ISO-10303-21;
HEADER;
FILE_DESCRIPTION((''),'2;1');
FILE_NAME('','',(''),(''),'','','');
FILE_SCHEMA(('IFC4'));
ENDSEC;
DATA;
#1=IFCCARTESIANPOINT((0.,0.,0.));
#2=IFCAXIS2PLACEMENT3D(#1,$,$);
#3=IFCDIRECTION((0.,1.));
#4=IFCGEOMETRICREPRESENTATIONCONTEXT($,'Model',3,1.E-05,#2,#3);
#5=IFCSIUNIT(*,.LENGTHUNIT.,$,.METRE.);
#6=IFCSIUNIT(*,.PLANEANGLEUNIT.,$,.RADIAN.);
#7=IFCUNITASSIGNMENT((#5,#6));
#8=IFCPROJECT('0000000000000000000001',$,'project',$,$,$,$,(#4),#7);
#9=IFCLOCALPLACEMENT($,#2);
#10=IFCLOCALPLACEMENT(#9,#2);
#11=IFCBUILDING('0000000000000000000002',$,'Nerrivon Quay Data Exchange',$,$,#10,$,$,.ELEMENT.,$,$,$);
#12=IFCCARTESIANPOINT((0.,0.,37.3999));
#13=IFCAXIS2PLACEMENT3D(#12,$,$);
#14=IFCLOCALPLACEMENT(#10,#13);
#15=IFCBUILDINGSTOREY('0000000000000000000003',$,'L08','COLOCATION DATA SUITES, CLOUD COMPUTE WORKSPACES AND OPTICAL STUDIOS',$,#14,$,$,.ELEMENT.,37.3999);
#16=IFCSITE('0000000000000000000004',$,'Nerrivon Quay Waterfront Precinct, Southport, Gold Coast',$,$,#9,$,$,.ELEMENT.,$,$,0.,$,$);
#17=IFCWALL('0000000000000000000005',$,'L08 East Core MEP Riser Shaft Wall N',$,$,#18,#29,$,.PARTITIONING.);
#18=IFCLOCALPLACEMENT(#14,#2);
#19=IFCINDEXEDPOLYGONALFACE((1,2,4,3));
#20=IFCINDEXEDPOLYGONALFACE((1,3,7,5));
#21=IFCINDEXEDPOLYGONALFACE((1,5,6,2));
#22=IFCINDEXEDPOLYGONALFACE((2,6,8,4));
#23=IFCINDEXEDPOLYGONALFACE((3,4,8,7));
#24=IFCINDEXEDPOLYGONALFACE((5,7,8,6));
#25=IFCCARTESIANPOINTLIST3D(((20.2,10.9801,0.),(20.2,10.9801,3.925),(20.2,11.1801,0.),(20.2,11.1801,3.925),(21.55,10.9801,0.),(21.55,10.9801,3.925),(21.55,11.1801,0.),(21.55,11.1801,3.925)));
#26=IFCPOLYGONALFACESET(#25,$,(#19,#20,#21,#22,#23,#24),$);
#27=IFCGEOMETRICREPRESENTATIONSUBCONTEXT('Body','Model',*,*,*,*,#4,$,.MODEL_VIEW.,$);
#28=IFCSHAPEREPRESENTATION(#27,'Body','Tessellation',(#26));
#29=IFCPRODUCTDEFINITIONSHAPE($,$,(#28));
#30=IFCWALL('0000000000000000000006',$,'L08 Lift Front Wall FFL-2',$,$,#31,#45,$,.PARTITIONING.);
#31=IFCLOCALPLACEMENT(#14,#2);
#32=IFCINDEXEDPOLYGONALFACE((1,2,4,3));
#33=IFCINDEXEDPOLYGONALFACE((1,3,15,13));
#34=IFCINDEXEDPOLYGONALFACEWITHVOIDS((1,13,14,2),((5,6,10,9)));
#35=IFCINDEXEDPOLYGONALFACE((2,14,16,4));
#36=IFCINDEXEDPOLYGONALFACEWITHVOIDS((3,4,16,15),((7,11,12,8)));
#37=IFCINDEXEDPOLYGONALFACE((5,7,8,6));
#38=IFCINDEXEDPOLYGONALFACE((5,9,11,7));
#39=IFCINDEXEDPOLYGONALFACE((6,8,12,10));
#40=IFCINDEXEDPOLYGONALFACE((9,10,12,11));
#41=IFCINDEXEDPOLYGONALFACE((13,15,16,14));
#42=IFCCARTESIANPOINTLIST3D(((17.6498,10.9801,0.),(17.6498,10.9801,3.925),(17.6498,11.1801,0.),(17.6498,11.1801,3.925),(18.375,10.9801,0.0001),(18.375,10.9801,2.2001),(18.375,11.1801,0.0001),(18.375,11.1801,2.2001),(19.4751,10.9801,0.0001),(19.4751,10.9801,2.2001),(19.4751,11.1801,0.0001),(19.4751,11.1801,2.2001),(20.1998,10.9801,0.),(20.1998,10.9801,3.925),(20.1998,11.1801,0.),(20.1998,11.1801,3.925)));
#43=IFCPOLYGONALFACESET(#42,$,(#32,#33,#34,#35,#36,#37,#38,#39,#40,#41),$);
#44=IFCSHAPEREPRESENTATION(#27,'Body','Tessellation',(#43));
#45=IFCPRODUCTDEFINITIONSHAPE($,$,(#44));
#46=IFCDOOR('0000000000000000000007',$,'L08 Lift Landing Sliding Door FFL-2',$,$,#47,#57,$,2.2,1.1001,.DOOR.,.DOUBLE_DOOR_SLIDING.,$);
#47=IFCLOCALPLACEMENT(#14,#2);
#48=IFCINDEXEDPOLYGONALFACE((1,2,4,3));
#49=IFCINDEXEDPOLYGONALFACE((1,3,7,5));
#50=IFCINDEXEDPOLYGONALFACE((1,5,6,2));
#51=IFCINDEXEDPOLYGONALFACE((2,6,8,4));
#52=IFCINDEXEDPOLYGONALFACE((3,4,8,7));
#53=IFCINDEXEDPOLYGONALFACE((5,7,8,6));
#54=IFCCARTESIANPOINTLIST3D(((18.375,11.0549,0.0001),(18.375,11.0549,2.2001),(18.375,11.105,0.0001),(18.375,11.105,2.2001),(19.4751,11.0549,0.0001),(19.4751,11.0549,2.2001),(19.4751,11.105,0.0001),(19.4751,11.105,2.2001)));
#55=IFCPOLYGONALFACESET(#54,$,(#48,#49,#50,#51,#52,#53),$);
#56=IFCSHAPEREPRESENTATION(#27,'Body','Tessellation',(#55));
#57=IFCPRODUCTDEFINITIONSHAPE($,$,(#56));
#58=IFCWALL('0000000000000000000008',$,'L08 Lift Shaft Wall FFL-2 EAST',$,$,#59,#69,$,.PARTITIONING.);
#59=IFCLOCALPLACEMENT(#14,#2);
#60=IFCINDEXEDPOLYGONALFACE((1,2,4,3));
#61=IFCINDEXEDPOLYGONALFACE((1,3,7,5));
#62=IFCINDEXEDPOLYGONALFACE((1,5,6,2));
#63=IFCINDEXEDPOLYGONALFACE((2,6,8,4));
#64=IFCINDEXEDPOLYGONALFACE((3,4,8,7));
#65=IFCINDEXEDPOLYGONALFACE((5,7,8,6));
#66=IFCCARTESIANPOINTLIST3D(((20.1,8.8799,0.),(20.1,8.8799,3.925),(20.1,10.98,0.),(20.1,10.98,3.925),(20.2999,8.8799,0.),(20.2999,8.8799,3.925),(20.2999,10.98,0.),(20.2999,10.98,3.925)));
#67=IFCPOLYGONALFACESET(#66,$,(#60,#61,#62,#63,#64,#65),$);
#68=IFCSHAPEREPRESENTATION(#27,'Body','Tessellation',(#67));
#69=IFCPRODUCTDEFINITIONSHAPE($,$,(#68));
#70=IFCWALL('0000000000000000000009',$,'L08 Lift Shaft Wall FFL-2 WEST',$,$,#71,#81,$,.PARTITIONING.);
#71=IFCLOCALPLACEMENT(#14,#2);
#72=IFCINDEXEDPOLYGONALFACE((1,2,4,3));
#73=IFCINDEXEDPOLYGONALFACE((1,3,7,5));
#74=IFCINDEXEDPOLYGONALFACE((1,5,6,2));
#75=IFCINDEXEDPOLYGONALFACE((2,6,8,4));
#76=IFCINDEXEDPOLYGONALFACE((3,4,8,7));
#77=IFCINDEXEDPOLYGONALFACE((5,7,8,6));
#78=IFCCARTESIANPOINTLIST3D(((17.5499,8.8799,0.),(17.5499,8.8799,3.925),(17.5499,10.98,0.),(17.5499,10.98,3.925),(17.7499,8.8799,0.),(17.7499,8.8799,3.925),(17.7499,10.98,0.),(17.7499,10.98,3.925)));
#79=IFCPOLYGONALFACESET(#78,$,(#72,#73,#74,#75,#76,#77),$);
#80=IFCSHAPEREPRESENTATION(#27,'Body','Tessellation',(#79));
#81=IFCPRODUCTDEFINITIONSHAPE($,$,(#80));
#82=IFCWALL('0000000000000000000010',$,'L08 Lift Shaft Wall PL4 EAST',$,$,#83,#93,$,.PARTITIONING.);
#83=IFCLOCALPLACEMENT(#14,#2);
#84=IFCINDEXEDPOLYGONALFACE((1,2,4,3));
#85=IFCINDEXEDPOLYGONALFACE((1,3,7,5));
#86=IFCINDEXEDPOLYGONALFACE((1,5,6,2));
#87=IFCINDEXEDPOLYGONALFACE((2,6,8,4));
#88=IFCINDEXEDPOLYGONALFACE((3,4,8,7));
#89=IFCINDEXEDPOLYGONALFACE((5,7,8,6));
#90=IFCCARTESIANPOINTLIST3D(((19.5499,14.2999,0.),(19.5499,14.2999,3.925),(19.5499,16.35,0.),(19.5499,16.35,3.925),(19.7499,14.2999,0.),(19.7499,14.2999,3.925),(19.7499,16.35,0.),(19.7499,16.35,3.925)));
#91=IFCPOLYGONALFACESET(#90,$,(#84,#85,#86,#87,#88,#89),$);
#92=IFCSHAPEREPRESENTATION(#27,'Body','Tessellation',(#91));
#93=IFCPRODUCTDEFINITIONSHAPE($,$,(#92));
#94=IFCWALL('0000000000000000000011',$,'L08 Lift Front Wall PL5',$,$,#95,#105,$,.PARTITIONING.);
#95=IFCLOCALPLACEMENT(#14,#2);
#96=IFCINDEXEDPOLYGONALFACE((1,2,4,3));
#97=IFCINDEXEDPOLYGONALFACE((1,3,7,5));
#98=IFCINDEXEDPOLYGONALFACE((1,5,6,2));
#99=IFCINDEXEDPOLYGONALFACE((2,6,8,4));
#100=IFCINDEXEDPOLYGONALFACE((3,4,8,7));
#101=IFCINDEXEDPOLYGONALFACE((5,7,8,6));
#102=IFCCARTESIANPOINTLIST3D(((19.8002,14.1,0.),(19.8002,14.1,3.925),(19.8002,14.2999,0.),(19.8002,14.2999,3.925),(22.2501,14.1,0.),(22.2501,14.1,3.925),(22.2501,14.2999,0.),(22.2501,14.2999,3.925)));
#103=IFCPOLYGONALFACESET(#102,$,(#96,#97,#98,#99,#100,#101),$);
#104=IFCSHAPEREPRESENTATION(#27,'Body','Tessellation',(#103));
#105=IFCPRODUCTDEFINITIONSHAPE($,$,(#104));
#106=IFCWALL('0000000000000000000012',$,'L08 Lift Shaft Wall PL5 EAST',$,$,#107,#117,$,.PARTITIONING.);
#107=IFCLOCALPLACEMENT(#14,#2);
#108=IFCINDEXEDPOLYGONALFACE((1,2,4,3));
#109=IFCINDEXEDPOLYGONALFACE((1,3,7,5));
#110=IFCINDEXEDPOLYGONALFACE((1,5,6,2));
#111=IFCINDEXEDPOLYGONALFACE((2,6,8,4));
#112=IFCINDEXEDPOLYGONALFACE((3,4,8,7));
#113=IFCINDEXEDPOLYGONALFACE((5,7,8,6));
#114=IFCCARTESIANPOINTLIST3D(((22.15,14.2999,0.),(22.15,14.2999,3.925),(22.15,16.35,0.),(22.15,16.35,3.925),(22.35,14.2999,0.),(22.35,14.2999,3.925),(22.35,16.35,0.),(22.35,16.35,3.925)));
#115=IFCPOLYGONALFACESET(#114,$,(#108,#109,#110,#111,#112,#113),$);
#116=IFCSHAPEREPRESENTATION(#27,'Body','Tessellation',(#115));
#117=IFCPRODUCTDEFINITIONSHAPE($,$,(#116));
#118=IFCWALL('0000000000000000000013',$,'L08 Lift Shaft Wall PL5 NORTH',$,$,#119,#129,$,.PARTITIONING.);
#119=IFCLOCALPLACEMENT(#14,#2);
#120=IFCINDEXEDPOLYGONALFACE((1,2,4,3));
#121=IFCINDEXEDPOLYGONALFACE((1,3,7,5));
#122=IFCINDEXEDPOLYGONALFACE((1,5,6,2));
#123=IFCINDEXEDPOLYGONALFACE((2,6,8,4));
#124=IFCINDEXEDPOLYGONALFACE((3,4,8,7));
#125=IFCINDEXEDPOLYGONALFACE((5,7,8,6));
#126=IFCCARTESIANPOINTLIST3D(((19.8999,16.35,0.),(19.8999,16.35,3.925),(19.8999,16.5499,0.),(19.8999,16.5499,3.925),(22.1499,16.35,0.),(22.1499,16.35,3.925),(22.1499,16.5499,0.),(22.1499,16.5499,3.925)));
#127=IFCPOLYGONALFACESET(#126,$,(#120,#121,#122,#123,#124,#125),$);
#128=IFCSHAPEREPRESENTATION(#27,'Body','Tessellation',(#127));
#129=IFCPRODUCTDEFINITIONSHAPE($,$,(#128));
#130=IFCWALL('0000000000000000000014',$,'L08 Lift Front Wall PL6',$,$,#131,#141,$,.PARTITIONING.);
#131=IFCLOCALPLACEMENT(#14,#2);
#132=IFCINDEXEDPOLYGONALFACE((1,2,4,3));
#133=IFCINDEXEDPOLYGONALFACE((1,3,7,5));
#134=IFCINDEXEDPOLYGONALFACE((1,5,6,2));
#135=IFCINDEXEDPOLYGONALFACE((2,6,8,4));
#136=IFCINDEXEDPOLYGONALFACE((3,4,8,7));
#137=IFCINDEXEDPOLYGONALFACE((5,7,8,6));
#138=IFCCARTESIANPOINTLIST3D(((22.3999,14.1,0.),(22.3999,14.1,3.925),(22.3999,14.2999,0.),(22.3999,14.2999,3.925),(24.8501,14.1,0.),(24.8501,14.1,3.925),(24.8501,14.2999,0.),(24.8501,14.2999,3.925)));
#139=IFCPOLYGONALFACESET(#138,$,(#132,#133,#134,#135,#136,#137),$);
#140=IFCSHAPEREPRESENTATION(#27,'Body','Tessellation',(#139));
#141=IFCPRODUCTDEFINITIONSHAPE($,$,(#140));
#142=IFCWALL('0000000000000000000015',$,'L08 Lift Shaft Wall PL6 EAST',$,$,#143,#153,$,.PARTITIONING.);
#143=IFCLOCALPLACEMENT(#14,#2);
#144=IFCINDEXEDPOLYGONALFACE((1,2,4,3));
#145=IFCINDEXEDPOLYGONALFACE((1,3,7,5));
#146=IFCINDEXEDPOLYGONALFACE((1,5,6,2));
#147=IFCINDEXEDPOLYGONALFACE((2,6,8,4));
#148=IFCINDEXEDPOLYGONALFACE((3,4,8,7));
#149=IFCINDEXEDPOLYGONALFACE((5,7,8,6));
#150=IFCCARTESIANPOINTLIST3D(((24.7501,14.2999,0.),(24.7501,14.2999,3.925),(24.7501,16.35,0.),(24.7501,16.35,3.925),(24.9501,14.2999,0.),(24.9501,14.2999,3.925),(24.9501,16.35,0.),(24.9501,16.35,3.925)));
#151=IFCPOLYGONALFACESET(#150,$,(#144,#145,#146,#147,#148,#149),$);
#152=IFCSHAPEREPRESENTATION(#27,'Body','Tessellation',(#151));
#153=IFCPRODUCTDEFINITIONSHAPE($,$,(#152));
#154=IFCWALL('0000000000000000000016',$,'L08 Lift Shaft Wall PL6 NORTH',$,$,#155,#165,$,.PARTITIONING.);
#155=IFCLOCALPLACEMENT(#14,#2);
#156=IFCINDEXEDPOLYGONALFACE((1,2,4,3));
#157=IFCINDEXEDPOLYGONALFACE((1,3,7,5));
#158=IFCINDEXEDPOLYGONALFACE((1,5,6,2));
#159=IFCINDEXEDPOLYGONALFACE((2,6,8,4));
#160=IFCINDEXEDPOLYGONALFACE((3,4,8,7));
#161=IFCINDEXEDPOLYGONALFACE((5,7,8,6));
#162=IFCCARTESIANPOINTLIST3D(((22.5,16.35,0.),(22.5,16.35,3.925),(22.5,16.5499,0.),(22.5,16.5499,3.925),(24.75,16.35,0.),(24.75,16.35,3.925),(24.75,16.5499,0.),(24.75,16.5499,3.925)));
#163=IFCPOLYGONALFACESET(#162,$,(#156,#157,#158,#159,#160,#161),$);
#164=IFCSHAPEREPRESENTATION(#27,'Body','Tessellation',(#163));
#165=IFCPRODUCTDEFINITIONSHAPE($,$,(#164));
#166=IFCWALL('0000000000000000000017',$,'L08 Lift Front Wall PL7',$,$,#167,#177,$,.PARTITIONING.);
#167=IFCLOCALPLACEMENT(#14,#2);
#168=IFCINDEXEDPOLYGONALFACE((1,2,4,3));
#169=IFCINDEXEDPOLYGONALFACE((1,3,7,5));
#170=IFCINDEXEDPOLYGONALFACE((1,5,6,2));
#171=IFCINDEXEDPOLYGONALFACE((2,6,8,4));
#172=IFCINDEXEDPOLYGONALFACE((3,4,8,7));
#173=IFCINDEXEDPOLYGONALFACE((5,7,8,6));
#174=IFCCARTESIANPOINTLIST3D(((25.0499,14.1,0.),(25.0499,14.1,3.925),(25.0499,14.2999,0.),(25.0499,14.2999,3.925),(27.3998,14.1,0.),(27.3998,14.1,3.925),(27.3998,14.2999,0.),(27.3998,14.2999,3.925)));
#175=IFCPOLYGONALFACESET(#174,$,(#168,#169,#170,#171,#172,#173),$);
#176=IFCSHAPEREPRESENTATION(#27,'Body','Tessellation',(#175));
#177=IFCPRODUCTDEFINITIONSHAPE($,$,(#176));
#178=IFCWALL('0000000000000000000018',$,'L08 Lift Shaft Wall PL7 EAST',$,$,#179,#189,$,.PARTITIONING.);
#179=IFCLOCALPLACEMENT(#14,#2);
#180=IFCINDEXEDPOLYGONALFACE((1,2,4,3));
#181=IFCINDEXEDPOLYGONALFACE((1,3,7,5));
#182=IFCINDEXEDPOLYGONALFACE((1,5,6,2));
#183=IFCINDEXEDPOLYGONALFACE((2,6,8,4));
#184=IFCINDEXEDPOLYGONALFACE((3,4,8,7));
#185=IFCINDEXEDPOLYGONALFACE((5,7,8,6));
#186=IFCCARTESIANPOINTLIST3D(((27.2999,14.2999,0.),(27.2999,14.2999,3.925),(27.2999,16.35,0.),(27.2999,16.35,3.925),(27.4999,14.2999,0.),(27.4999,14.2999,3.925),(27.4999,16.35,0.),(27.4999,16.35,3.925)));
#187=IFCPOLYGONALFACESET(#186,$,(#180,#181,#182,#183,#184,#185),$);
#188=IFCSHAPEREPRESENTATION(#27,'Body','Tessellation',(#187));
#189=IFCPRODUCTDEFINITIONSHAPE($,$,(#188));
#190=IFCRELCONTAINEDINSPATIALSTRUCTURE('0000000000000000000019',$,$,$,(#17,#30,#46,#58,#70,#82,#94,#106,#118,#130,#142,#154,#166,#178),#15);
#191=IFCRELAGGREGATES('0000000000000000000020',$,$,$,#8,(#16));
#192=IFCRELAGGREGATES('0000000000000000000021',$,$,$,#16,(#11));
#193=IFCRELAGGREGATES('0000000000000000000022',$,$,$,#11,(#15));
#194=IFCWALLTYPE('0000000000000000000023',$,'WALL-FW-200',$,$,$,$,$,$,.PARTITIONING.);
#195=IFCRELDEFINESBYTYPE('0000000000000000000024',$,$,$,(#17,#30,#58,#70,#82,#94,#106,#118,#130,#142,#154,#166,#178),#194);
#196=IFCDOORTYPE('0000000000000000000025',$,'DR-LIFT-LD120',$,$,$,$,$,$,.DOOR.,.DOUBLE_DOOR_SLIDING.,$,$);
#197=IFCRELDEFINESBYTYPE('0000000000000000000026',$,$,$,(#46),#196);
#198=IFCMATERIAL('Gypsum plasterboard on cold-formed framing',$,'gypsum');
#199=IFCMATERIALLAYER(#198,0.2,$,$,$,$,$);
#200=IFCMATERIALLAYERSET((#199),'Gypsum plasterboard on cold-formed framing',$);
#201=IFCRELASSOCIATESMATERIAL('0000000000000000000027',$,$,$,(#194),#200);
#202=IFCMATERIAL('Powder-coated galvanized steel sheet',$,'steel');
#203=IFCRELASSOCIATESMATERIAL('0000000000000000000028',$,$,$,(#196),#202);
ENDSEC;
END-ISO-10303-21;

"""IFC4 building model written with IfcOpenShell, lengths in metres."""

from ifc_helpers import new_model, si_unit, direction, frame, frame_2d, origin, place, context, subcontext, project, spatial, rectangle, extrude, material, layer, layer_set, type_object, element, fill, save


model = new_model("IFC4")

# Units and contexts
model_context = context("Model", 3, precision=1e-05, world=origin(), true_north=direction((0.0, 1.0)))
body_context = subcontext(model_context, "Body", "Model", "MODEL_VIEW")
ifc_project = project(units=[si_unit("LENGTHUNIT", "METRE"), si_unit("PLANEANGLEUNIT", "RADIAN")], contexts=[model_context])

# Site, building, storey
site_placement = place(None, origin())
site = spatial("IfcSite", under=ifc_project, at=site_placement, Name="Nerrivon Quay Waterfront Precinct, Southport, Gold Coast", CompositionType="ELEMENT", RefElevation=0.0)
building_placement = place(site_placement, origin())
building = spatial("IfcBuilding", under=site, at=building_placement, Name="Nerrivon Quay Data Exchange", CompositionType="ELEMENT")
storey_placement = place(building_placement, frame((0.0, 0.0, 37.3999)))
storey = spatial("IfcBuildingStorey", under=building, at=storey_placement, Name="L08", Description="COLOCATION DATA SUITES, CLOUD COMPUTE WORKSPACES AND OPTICAL STUDIOS", CompositionType="ELEMENT", Elevation=37.3999)

# Wall
ifc_material_1 = material(Name="Gypsum plasterboard on cold-formed framing", Category="gypsum")
ifc_layer_1 = layer(ifc_material_1, 0.2)
ifc_layer_set_1 = layer_set([ifc_layer_1], Name="Gypsum plasterboard on cold-formed framing")
wall_type_1 = type_object("IfcWallType", Name="WALL-FW-200", PredefinedType="PARTITIONING", material=ifc_layer_set_1)
wall_1_placement = place(storey_placement, frame((20.2, 11.0801, 0.0), z_axis=(0.0, 0.0, 1.0), x_axis=(1.0, 0.0, 0.0)))
element("IfcWall", 1, at=wall_1_placement, inside=storey, type_object=wall_type_1, Name="L08 East Core MEP Riser Shaft Wall N", PredefinedType="PARTITIONING", context=body_context, shape_type="SweptSolid", body=[
    extrude(rectangle(XDim=1.3501, YDim=0.2, at=frame_2d((0.675, 0.0))), origin(), (0.0, 0.0, 1.0), 3.925),
])

# Wall, opening, door
wall_2_placement = place(storey_placement, frame((17.6499, 11.0801, 0.0), z_axis=(0.0, 0.0, 1.0), x_axis=(1.0, 0.0, 0.0)))
wall_2 = element("IfcWall", 2, at=wall_2_placement, inside=storey, type_object=wall_type_1, Name="L08 Lift Front Wall FFL-2", PredefinedType="PARTITIONING", context=body_context, shape_type="SweptSolid", body=[
    extrude(rectangle(XDim=2.55, YDim=0.2, at=frame_2d((1.2749, 0.0))), origin(), (0.0, 0.0, 1.0), 3.925),
])
opening_1_placement = place(wall_2_placement, frame((0.7251, 0.0, 0.0)))
opening_1 = element("IfcOpeningElement", 3, at=opening_1_placement, cuts=wall_2, PredefinedType="OPENING", context=body_context, shape_type="SweptSolid", body=[
    extrude(rectangle(XDim=1.1001, YDim=2.2, at=frame_2d((0.55, 1.1001))), frame((0.0, 0.1099, 0.0), z_axis=(0.0, -1.0, 0.0), x_axis=(1.0, 0.0, 0.0)), (0.0, 0.0, 1.0), 0.22),
])
ifc_material_2 = material(Name="Powder-coated galvanized steel sheet", Category="steel")
door_type_1 = type_object("IfcDoorType", Name="DR-LIFT-LD120", OperationType="DOUBLE_DOOR_SLIDING", PredefinedType="DOOR", material=ifc_material_2)
door_1_placement = place(opening_1_placement, origin())
door_1 = element("IfcDoor", 4, at=door_1_placement, inside=storey, type_object=door_type_1, Name="L08 Lift Landing Sliding Door FFL-2", OperationType="DOUBLE_DOOR_SLIDING", OverallHeight=2.2, OverallWidth=1.1001, PredefinedType="DOOR", context=body_context, shape_type="SweptSolid", body=[
    extrude(rectangle(XDim=1.1001, YDim=2.2, at=frame_2d((0.55, 1.1001))), frame((0.0, 0.0249, 0.0), z_axis=(0.0, -1.0, 0.0), x_axis=(1.0, 0.0, 0.0)), (0.0, 0.0, 1.0), 0.05),
])
fill(opening_1, door_1)

# Walls
for number, where, z_axis, x_axis, name in (
    (5, (20.2, 8.8799, 0.0), (0.0, 0.0, 1.0), (0.0, 1.0, 0.0), "L08 Lift Shaft Wall FFL-2 EAST"),
    (6, (17.6499, 8.8799, 0.0), (0.0, 0.0, 1.0), (0.0, 1.0, 0.0), "L08 Lift Shaft Wall FFL-2 WEST"),
):
    element("IfcWall", number, at=place(storey_placement, frame(where, z_axis=z_axis, x_axis=x_axis)), inside=storey, type_object=wall_type_1, Name=name, PredefinedType="PARTITIONING", context=body_context, shape_type="SweptSolid", body=[
        extrude(rectangle(XDim=2.1001, YDim=0.2, at=frame_2d((1.05, 0.0))), origin(), (0.0, 0.0, 1.0), 3.925),
    ])
wall_3_placement = place(storey_placement, frame((19.6499, 14.3, 0.0), z_axis=(0.0, 0.0, 1.0), x_axis=(0.0, 1.0, 0.0)))
element("IfcWall", 7, at=wall_3_placement, inside=storey, type_object=wall_type_1, Name="L08 Lift Shaft Wall PL4 EAST", PredefinedType="PARTITIONING", context=body_context, shape_type="SweptSolid", body=[
    extrude(rectangle(XDim=2.05, YDim=0.2, at=frame_2d((1.0249, 0.0))), origin(), (0.0, 0.0, 1.0), 3.925),
])
wall_4_placement = place(storey_placement, frame((19.8, 14.2, 0.0), z_axis=(0.0, 0.0, 1.0), x_axis=(1.0, 0.0, 0.0)))
element("IfcWall", 8, at=wall_4_placement, inside=storey, type_object=wall_type_1, Name="L08 Lift Front Wall PL5", PredefinedType="PARTITIONING", context=body_context, shape_type="SweptSolid", body=[
    extrude(rectangle(XDim=2.45, YDim=0.2, at=frame_2d((1.2251, 0.0))), origin(), (0.0, 0.0, 1.0), 3.925),
])
wall_5_placement = place(storey_placement, frame((22.25, 14.3, 0.0), z_axis=(0.0, 0.0, 1.0), x_axis=(0.0, 1.0, 0.0)))
element("IfcWall", 9, at=wall_5_placement, inside=storey, type_object=wall_type_1, Name="L08 Lift Shaft Wall PL5 EAST", PredefinedType="PARTITIONING", context=body_context, shape_type="SweptSolid", body=[
    extrude(rectangle(XDim=2.05, YDim=0.2, at=frame_2d((1.0249, 0.0))), origin(), (0.0, 0.0, 1.0), 3.925),
])
wall_6_placement = place(storey_placement, frame((19.8999, 16.45, 0.0), z_axis=(0.0, 0.0, 1.0), x_axis=(1.0, 0.0, 0.0)))
element("IfcWall", 10, at=wall_6_placement, inside=storey, type_object=wall_type_1, Name="L08 Lift Shaft Wall PL5 NORTH", PredefinedType="PARTITIONING", context=body_context, shape_type="SweptSolid", body=[
    extrude(rectangle(XDim=2.25, YDim=0.2, at=frame_2d((1.125, 0.0))), origin(), (0.0, 0.0, 1.0), 3.925),
])
wall_7_placement = place(storey_placement, frame((22.3999, 14.2, 0.0), z_axis=(0.0, 0.0, 1.0), x_axis=(1.0, 0.0, 0.0)))
element("IfcWall", 11, at=wall_7_placement, inside=storey, type_object=wall_type_1, Name="L08 Lift Front Wall PL6", PredefinedType="PARTITIONING", context=body_context, shape_type="SweptSolid", body=[
    extrude(rectangle(XDim=2.4502, YDim=0.2, at=frame_2d((1.2251, 0.0))), origin(), (0.0, 0.0, 1.0), 3.925),
])
wall_8_placement = place(storey_placement, frame((24.8501, 14.3, 0.0), z_axis=(0.0, 0.0, 1.0), x_axis=(0.0, 1.0, 0.0)))
element("IfcWall", 12, at=wall_8_placement, inside=storey, type_object=wall_type_1, Name="L08 Lift Shaft Wall PL6 EAST", PredefinedType="PARTITIONING", context=body_context, shape_type="SweptSolid", body=[
    extrude(rectangle(XDim=2.05, YDim=0.2, at=frame_2d((1.0249, 0.0))), origin(), (0.0, 0.0, 1.0), 3.925),
])
wall_9_placement = place(storey_placement, frame((22.5, 16.45, 0.0), z_axis=(0.0, 0.0, 1.0), x_axis=(1.0, 0.0, 0.0)))
element("IfcWall", 13, at=wall_9_placement, inside=storey, type_object=wall_type_1, Name="L08 Lift Shaft Wall PL6 NORTH", PredefinedType="PARTITIONING", context=body_context, shape_type="SweptSolid", body=[
    extrude(rectangle(XDim=2.25, YDim=0.2, at=frame_2d((1.125, 0.0))), origin(), (0.0, 0.0, 1.0), 3.925),
])
wall_10_placement = place(storey_placement, frame((25.05, 14.2, 0.0), z_axis=(0.0, 0.0, 1.0), x_axis=(1.0, 0.0, 0.0)))
element("IfcWall", 14, at=wall_10_placement, inside=storey, type_object=wall_type_1, Name="L08 Lift Front Wall PL7", PredefinedType="PARTITIONING", context=body_context, shape_type="SweptSolid", body=[
    extrude(rectangle(XDim=2.3499, YDim=0.2, at=frame_2d((1.1748, 0.0))), origin(), (0.0, 0.0, 1.0), 3.925),
])
wall_11_placement = place(storey_placement, frame((27.3999, 14.3, 0.0), z_axis=(0.0, 0.0, 1.0), x_axis=(0.0, 1.0, 0.0)))
element("IfcWall", 15, at=wall_11_placement, inside=storey, type_object=wall_type_1, Name="L08 Lift Shaft Wall PL7 EAST", PredefinedType="PARTITIONING", context=body_context, shape_type="SweptSolid", body=[
    extrude(rectangle(XDim=2.05, YDim=0.2, at=frame_2d((1.0249, 0.0))), origin(), (0.0, 0.0, 1.0), 3.925),
])

save(model, "model.ifc")
